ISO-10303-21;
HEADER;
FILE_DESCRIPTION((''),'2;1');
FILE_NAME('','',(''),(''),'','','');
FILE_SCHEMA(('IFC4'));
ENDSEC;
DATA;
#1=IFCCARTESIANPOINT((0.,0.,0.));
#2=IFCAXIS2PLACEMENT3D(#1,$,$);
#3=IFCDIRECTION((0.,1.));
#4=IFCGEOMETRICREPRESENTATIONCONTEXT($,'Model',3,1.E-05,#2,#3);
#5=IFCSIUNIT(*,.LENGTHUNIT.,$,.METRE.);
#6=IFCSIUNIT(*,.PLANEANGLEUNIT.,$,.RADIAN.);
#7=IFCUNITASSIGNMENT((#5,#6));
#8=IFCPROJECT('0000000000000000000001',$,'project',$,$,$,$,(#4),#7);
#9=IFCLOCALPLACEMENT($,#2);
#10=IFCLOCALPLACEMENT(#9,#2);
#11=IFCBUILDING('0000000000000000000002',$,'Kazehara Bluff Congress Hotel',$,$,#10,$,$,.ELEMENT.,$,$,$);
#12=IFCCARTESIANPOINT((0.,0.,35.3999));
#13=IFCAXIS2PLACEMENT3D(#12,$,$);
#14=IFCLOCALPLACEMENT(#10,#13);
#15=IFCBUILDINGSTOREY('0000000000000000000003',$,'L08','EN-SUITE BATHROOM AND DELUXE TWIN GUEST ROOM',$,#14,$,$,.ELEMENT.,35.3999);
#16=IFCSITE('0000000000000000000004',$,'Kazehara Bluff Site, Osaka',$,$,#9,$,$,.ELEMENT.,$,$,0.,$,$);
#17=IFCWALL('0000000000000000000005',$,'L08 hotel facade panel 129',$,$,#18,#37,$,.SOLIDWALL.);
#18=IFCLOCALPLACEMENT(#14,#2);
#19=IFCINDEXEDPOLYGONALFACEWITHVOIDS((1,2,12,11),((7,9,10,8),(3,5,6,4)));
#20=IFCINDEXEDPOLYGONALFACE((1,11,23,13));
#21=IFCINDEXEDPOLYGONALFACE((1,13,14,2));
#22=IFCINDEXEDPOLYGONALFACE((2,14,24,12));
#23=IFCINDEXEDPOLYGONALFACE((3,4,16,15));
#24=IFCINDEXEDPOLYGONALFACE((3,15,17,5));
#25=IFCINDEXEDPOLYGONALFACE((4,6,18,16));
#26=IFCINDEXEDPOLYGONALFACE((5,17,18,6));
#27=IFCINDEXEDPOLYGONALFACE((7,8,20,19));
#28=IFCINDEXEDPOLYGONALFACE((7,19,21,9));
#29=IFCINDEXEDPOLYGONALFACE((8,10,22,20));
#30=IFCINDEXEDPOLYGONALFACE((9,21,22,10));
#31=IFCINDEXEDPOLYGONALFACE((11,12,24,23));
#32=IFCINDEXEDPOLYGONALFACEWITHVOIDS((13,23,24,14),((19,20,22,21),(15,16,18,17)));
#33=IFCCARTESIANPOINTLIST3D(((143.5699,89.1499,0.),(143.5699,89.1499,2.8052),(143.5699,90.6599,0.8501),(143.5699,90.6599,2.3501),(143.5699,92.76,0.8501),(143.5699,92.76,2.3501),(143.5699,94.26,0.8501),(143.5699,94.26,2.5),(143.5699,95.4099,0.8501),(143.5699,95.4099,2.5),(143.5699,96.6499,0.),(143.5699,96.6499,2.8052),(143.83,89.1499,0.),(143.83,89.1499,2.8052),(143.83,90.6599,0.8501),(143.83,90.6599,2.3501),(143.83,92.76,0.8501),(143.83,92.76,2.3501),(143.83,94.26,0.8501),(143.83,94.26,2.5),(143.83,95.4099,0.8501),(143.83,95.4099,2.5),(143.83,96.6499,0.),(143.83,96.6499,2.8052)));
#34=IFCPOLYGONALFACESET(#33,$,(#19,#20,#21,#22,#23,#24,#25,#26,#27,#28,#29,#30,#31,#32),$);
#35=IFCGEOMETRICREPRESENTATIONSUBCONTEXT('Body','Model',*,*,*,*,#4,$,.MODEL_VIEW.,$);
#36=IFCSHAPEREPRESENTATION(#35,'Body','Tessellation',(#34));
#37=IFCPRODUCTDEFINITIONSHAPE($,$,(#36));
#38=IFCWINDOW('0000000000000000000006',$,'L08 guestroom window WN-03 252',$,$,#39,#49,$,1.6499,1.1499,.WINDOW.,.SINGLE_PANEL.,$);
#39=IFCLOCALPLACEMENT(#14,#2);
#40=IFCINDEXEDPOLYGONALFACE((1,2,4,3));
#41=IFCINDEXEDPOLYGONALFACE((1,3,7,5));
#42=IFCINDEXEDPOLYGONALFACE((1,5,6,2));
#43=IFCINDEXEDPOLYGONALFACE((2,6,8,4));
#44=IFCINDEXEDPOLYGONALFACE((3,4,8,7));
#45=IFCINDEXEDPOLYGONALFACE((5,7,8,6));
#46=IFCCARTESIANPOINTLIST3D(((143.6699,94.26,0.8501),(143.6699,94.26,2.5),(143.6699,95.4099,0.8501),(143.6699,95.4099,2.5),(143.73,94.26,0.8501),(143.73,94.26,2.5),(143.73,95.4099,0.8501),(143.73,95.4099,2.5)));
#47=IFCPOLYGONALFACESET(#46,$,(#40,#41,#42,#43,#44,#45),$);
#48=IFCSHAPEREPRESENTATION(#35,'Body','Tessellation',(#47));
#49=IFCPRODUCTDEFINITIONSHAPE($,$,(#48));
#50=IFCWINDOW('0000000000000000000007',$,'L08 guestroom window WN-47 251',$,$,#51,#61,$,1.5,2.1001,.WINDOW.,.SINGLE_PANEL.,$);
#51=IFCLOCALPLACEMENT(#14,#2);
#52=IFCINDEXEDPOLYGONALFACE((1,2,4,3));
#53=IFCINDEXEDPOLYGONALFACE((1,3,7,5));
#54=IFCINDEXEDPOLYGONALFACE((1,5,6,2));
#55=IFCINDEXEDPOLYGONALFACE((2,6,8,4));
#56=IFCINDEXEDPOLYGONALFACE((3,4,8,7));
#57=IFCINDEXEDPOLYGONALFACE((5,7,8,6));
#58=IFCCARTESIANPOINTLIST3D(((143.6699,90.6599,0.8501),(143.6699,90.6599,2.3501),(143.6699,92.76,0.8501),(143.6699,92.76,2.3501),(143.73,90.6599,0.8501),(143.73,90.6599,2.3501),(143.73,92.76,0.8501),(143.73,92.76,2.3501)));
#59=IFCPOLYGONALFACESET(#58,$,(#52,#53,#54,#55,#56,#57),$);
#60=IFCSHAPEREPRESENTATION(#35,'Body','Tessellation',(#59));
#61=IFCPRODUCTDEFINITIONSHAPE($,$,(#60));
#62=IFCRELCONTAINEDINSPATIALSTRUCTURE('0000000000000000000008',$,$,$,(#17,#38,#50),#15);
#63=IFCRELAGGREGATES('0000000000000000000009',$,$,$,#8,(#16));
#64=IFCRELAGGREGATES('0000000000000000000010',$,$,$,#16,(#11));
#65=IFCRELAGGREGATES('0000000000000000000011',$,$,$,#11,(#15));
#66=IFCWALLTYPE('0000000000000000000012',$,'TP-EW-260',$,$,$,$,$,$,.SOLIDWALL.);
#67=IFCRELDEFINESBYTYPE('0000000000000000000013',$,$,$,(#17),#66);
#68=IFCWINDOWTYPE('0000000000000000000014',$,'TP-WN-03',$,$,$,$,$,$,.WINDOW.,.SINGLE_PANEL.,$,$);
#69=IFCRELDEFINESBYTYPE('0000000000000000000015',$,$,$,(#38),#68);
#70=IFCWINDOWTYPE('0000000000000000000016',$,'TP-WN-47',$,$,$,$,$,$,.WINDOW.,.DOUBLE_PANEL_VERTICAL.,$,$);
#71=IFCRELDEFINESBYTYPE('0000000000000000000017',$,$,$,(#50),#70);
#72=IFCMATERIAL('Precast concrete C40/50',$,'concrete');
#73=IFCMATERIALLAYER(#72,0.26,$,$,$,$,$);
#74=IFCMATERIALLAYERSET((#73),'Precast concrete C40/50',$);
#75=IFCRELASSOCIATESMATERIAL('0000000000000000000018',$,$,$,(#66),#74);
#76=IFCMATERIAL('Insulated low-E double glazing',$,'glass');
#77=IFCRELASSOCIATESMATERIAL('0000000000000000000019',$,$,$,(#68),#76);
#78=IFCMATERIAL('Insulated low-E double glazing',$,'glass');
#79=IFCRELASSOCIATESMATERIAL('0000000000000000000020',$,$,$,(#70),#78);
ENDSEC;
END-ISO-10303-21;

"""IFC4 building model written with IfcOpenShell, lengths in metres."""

from ifc_helpers import new_model, si_unit, direction, frame, frame_2d, origin, place, context, subcontext, project, spatial, rectangle, extrude, material, layer, layer_set, type_object, element, fill, save


model = new_model("IFC4")

# Units and contexts
model_context = context("Model", 3, precision=1e-05, world=origin(), true_north=direction((0.0, 1.0)))
body_context = subcontext(model_context, "Body", "Model", "MODEL_VIEW")
ifc_project = project(units=[si_unit("LENGTHUNIT", "METRE"), si_unit("PLANEANGLEUNIT", "RADIAN")], contexts=[model_context])

# Site, building, storey
site_placement = place(None, origin())
site = spatial("IfcSite", under=ifc_project, at=site_placement, Name="Kazehara Bluff Site, Osaka", CompositionType="ELEMENT", RefElevation=0.0)
building_placement = place(site_placement, origin())
building = spatial("IfcBuilding", under=site, at=building_placement, Name="Kazehara Bluff Congress Hotel", CompositionType="ELEMENT")
storey_placement = place(building_placement, frame((0.0, 0.0, 35.3999)))
storey = spatial("IfcBuildingStorey", under=building, at=storey_placement, Name="L08", Description="EN-SUITE BATHROOM AND DELUXE TWIN GUEST ROOM", CompositionType="ELEMENT", Elevation=35.3999)

# Shared definitions
ifc_material_1 = material(Name="Precast concrete C40/50", Category="concrete")
ifc_layer_1 = layer(ifc_material_1, 0.26)
ifc_layer_set_1 = layer_set([ifc_layer_1], Name="Precast concrete C40/50")
wall_type = type_object("IfcWallType", Name="TP-EW-260", PredefinedType="SOLIDWALL", material=ifc_layer_set_1)

# Wall, openings, windows
wall_1_placement = place(storey_placement, frame((143.7, 89.1499, 0.0), z_axis=(0.0, 0.0, 1.0), x_axis=(0.0, 1.0, 0.0)))
wall_1 = element("IfcWall", 1, at=wall_1_placement, inside=storey, type_object=wall_type, Name="L08 hotel facade panel 129", PredefinedType="SOLIDWALL", context=body_context, shape_type="SweptSolid", body=[
    extrude(rectangle(XDim=7.5, YDim=0.26, at=frame_2d((3.75, 0.0))), origin(), (0.0, 0.0, 1.0), 2.8052),
])
opening_1_placement = place(wall_1_placement, frame((1.51, 0.0, 0.8501)))
opening_1 = element("IfcOpeningElement", 2, at=opening_1_placement, cuts=wall_1, PredefinedType="OPENING", context=body_context, shape_type="SweptSolid", body=[
    extrude(rectangle(XDim=2.1001, YDim=1.5, at=frame_2d((1.05, 0.75))), frame((0.0, 0.1399, 0.0), z_axis=(0.0, -1.0, 0.0), x_axis=(1.0, 0.0, 0.0)), (0.0, 0.0, 1.0), 0.28),
])
opening_2_placement = place(wall_1_placement, frame((5.1101, 0.0, 0.8501)))
opening_2 = element("IfcOpeningElement", 3, at=opening_2_placement, cuts=wall_1, PredefinedType="OPENING", context=body_context, shape_type="SweptSolid", body=[
    extrude(rectangle(XDim=1.1499, YDim=1.6499, at=frame_2d((0.575, 0.825))), frame((0.0, 0.1399, 0.0), z_axis=(0.0, -1.0, 0.0), x_axis=(1.0, 0.0, 0.0)), (0.0, 0.0, 1.0), 0.28),
])
ifc_material_2 = material(Name="Insulated low-E double glazing", Category="glass")
window_type_1 = type_object("IfcWindowType", Name="TP-WN-03", PartitioningType="SINGLE_PANEL", PredefinedType="WINDOW", material=ifc_material_2)
window_1_placement = place(opening_2_placement, origin())
window_1 = element("IfcWindow", 4, at=window_1_placement, inside=storey, type_object=window_type_1, Name="L08 guestroom window WN-03 252", OverallHeight=1.6499, OverallWidth=1.1499, PartitioningType="SINGLE_PANEL", PredefinedType="WINDOW", context=body_context, shape_type="SweptSolid", body=[
    extrude(rectangle(XDim=1.1499, YDim=1.6499, at=frame_2d((0.575, 0.825))), frame((0.0, 0.03, 0.0), z_axis=(0.0, -1.0, 0.0), x_axis=(1.0, 0.0, 0.0)), (0.0, 0.0, 1.0), 0.0601),
])
fill(opening_2, window_1)
ifc_material_3 = material(Name="Insulated low-E double glazing", Category="glass")
window_type_2 = type_object("IfcWindowType", Name="TP-WN-47", PartitioningType="DOUBLE_PANEL_VERTICAL", PredefinedType="WINDOW", material=ifc_material_3)
window_2_placement = place(opening_1_placement, origin())
window_2 = element("IfcWindow", 5, at=window_2_placement, inside=storey, type_object=window_type_2, Name="L08 guestroom window WN-47 251", OverallHeight=1.5, OverallWidth=2.1001, PartitioningType="SINGLE_PANEL", PredefinedType="WINDOW", context=body_context, shape_type="SweptSolid", body=[
    extrude(rectangle(XDim=2.1001, YDim=1.5, at=frame_2d((1.05, 0.75))), frame((0.0, 0.03, 0.0), z_axis=(0.0, -1.0, 0.0), x_axis=(1.0, 0.0, 0.0)), (0.0, 0.0, 1.0), 0.0601),
])
fill(opening_1, window_2)

save(model, "model.ifc")
